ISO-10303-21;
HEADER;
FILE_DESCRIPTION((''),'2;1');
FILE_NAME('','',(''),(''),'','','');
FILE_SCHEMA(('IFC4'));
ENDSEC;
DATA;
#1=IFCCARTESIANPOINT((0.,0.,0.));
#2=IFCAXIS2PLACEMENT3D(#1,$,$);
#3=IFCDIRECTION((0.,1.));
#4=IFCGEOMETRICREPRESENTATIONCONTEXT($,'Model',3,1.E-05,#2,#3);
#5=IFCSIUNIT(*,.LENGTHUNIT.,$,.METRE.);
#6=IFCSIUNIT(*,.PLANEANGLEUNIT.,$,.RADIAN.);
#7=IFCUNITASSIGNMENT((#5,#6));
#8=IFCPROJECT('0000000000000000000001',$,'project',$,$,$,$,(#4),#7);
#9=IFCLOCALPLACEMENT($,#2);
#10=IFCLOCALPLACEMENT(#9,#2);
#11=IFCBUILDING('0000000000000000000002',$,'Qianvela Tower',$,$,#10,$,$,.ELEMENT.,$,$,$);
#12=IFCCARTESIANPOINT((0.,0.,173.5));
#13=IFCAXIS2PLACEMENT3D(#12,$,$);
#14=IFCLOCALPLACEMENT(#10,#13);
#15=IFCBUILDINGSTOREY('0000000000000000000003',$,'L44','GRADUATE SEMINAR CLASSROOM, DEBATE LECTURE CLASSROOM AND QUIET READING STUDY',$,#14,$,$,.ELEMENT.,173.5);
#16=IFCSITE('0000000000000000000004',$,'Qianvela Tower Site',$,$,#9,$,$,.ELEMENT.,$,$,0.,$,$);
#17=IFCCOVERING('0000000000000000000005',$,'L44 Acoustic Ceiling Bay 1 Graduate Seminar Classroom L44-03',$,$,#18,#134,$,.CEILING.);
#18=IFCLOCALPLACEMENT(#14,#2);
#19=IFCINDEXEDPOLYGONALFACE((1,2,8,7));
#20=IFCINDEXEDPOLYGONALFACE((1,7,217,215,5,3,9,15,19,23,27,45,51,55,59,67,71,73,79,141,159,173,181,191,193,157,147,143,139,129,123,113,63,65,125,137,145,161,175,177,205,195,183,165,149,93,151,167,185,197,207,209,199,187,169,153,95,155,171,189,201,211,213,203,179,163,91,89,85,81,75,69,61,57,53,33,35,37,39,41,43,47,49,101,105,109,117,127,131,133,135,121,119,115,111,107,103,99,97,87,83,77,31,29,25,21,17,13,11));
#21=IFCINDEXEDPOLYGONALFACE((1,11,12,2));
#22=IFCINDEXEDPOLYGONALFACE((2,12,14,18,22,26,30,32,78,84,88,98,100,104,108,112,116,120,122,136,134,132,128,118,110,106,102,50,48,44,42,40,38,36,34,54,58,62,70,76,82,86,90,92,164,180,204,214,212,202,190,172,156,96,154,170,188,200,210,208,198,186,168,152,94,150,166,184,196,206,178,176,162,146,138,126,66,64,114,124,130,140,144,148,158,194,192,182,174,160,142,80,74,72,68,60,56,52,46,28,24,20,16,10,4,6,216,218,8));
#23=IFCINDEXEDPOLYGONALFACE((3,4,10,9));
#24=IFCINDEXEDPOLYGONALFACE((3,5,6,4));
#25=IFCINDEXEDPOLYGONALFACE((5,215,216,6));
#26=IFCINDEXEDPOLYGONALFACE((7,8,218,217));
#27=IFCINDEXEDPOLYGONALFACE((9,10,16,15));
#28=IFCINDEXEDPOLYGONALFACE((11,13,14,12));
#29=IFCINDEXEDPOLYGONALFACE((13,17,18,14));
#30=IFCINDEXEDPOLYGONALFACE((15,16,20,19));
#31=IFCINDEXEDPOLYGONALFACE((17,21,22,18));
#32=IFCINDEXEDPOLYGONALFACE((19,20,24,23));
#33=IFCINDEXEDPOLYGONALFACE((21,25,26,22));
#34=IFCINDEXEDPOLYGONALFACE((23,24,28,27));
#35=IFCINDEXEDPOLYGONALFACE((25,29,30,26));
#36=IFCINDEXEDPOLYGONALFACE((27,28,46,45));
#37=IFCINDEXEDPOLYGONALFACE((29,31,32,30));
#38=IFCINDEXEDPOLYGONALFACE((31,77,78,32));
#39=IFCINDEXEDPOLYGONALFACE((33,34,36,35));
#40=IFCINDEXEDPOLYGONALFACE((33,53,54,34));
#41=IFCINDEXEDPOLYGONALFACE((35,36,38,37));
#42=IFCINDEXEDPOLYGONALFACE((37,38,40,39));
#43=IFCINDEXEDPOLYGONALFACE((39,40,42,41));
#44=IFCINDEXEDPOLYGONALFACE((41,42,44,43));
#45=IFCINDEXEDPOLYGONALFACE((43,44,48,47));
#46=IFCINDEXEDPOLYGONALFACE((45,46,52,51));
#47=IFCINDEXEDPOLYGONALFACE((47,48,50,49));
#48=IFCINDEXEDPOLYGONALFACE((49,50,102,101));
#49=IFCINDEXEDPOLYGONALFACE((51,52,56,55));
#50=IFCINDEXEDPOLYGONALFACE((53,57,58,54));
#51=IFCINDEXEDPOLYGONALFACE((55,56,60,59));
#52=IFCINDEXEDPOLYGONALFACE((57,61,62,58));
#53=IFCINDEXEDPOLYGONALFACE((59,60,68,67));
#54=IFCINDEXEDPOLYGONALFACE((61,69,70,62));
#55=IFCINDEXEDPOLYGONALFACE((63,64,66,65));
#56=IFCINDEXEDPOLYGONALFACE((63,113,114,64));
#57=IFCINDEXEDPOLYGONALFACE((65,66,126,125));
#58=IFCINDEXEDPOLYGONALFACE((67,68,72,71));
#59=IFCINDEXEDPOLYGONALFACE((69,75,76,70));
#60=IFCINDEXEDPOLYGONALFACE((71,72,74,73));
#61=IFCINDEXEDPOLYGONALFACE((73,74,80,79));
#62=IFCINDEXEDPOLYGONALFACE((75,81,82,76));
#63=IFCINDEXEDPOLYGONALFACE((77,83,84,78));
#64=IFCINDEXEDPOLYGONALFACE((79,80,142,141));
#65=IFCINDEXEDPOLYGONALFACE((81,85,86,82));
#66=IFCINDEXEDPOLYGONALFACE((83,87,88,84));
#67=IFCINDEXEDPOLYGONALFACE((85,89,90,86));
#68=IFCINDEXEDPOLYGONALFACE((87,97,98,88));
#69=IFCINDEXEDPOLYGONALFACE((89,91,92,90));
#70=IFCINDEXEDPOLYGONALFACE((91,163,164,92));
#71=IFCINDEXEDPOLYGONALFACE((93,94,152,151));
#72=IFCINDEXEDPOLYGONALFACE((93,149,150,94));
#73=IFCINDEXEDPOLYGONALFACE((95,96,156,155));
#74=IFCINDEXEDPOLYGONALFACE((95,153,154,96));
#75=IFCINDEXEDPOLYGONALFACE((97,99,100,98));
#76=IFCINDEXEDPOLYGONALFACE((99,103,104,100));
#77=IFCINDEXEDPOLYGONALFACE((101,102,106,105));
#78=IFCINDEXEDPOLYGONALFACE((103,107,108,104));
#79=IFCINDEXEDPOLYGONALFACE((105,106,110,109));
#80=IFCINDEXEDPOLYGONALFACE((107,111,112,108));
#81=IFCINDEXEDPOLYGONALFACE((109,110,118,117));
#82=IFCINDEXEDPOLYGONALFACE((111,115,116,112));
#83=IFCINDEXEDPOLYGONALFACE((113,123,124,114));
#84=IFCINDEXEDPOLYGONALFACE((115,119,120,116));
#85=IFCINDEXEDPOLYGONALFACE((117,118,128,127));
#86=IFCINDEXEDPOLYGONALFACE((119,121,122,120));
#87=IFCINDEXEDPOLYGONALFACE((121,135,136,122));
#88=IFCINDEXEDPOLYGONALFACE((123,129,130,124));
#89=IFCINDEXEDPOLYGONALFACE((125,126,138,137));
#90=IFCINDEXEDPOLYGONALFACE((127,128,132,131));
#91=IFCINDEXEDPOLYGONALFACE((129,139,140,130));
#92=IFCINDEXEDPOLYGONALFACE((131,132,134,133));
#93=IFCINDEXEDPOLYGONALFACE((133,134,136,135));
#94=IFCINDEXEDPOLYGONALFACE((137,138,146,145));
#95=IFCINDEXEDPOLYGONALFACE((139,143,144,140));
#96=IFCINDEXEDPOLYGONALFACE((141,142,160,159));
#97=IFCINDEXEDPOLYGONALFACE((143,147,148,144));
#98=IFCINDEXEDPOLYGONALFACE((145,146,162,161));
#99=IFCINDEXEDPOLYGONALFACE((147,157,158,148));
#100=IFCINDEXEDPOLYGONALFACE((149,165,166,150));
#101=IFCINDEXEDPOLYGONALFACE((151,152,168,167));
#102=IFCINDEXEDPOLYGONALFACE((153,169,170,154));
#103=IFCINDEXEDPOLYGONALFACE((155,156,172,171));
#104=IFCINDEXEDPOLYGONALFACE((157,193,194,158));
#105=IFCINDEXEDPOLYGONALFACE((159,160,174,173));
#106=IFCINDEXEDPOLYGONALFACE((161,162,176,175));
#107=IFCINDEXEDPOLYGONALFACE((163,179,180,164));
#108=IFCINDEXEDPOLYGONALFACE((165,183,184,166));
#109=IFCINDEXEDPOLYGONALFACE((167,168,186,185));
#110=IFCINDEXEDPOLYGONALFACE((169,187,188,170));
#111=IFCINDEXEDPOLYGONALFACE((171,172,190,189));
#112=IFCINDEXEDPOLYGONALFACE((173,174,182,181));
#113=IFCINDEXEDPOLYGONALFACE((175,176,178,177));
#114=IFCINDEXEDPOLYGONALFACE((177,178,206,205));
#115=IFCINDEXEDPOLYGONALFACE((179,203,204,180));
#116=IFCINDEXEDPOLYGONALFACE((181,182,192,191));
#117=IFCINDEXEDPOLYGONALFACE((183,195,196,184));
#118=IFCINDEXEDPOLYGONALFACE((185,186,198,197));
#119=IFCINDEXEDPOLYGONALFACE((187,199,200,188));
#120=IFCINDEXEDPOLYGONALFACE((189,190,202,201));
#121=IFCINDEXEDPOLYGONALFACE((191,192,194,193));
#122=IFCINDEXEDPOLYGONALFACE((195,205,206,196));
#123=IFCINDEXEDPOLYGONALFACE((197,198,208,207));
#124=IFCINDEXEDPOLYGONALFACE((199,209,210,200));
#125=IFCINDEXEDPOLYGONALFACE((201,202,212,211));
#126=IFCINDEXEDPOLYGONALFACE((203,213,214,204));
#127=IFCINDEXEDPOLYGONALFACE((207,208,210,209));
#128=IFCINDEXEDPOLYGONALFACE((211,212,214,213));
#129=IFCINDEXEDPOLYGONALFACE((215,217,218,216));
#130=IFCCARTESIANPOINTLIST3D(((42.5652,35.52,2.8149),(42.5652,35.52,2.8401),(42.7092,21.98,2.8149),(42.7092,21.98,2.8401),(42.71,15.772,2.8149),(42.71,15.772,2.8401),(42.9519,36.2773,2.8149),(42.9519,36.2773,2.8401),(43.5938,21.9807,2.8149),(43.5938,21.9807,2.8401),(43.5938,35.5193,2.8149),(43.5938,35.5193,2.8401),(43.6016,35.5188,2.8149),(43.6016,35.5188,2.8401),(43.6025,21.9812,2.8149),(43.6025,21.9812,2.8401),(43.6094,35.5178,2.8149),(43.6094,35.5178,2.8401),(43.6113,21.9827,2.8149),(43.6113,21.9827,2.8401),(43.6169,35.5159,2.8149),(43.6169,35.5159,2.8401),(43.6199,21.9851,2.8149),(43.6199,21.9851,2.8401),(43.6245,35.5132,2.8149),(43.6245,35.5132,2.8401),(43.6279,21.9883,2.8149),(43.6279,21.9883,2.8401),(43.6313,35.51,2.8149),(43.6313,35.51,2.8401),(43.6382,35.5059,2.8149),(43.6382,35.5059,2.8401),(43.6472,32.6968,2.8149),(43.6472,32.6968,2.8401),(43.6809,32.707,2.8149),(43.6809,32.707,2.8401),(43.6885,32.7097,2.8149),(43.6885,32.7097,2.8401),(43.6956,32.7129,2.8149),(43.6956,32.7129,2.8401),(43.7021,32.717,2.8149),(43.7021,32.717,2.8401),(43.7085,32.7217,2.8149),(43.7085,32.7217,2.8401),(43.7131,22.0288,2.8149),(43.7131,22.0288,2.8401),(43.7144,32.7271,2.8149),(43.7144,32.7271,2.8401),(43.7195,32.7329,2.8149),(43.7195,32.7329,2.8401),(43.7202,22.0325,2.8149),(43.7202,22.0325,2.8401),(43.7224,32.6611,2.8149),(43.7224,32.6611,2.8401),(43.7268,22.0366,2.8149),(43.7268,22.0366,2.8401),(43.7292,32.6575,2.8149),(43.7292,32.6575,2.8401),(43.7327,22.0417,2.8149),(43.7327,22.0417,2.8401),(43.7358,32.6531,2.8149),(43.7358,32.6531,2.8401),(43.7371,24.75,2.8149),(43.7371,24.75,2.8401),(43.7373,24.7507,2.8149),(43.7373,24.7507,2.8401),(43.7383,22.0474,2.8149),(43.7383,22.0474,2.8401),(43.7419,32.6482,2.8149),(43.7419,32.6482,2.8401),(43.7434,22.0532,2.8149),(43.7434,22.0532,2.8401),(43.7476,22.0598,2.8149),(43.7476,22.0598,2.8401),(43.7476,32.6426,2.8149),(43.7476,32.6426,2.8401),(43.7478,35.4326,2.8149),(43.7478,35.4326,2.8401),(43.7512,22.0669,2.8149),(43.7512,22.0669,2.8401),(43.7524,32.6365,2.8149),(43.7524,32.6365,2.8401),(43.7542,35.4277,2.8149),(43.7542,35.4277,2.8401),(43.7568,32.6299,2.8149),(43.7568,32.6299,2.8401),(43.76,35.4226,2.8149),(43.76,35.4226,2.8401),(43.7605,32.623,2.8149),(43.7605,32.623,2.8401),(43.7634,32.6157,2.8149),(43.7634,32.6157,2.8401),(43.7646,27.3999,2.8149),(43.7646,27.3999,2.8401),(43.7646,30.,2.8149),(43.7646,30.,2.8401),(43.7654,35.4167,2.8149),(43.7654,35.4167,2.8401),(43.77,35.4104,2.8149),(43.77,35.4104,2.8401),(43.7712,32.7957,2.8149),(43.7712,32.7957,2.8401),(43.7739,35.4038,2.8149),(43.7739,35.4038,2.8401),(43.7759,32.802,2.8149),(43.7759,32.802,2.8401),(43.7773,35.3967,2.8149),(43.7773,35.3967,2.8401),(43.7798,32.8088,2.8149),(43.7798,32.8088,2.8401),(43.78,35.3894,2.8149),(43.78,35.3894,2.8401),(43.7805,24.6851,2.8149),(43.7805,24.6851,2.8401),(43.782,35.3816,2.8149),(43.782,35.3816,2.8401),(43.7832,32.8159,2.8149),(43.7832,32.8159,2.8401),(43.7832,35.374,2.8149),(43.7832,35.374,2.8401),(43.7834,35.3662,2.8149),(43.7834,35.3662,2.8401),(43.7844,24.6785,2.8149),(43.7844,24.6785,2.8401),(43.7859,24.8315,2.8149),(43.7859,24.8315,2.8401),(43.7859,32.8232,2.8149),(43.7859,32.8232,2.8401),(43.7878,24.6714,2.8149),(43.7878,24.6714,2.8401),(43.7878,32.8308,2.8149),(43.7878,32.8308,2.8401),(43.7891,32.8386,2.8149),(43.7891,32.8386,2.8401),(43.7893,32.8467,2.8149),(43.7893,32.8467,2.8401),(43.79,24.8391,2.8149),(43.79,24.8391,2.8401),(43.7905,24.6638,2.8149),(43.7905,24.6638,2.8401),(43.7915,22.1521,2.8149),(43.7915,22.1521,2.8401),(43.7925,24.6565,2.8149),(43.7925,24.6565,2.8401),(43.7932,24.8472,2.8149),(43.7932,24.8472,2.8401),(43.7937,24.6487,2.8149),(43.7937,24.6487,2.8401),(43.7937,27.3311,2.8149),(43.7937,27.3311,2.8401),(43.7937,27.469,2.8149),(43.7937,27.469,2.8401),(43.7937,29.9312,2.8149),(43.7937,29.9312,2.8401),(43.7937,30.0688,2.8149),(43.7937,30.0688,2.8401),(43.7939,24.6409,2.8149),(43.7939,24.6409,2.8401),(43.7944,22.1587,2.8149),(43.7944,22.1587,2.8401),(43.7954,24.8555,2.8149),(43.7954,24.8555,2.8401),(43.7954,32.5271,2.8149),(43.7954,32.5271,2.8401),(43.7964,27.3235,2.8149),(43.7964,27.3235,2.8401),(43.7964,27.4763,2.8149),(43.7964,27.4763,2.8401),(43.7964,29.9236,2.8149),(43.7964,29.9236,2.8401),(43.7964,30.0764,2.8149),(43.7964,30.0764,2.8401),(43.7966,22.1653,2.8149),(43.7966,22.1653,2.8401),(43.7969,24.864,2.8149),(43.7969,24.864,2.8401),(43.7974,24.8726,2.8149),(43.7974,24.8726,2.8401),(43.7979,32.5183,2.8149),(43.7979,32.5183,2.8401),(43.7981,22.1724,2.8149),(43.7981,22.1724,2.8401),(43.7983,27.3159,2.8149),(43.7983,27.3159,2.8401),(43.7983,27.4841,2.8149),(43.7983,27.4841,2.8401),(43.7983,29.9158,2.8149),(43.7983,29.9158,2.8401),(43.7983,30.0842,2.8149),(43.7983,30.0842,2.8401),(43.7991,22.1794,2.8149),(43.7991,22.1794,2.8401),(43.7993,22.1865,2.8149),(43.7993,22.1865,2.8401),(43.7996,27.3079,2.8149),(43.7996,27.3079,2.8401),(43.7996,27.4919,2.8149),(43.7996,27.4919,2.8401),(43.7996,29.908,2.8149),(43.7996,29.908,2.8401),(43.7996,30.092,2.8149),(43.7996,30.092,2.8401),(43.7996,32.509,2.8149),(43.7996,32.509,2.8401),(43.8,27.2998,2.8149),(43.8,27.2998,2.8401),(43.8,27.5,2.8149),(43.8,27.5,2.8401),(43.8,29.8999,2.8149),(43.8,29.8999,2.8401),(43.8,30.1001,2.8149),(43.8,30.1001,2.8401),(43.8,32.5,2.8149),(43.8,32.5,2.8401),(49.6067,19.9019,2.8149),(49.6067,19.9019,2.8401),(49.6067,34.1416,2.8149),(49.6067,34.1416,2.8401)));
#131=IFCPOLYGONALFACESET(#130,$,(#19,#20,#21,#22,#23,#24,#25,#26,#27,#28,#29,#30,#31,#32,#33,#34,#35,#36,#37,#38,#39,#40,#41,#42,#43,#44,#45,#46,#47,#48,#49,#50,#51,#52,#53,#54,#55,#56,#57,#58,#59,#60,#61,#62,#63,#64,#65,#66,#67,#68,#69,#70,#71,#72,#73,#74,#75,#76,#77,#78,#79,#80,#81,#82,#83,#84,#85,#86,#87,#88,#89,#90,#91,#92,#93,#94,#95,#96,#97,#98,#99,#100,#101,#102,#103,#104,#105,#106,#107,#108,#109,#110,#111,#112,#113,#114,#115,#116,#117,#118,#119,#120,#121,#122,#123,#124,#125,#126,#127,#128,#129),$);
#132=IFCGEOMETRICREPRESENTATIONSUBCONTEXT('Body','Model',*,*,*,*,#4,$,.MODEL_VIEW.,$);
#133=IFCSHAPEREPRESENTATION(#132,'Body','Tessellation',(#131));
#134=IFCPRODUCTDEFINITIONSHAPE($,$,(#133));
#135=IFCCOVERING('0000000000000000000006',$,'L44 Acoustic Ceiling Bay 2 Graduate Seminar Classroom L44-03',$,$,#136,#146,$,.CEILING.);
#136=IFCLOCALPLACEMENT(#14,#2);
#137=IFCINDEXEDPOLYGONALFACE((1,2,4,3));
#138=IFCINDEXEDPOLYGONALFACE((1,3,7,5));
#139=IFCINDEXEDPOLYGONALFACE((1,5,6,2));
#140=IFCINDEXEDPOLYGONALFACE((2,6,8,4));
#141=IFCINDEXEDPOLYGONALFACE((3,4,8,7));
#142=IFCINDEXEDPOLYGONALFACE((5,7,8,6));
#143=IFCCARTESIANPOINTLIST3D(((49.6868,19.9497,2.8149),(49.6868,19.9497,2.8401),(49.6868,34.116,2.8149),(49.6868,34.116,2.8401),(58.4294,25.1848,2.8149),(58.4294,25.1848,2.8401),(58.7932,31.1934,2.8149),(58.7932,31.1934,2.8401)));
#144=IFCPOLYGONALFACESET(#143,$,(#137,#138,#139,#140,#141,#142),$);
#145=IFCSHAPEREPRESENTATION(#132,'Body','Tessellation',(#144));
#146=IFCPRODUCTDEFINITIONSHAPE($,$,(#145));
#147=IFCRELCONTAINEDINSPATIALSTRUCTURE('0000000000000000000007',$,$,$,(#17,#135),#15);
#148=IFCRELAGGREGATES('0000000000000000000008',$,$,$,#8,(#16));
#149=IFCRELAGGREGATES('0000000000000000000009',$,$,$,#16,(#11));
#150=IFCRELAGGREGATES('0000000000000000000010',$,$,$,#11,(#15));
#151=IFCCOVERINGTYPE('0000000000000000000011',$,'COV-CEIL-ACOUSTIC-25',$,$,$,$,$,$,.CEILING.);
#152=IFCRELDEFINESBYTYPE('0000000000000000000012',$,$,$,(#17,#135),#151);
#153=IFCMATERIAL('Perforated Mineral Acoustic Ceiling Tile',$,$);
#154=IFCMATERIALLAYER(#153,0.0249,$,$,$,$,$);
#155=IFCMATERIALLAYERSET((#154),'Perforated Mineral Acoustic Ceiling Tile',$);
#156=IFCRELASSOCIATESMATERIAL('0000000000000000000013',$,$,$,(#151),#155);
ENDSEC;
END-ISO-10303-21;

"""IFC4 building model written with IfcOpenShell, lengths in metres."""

from ifc_helpers import new_model, si_unit, direction, frame, origin, place, context, subcontext, project, spatial, polyline, outline, extrude, material, layer, layer_set, type_object, element, save


model = new_model("IFC4")

# Units and contexts
model_context = context("Model", 3, precision=1e-05, world=origin(), true_north=direction((0.0, 1.0)))
body_context = subcontext(model_context, "Body", "Model", "MODEL_VIEW")
ifc_project = project(units=[si_unit("LENGTHUNIT", "METRE"), si_unit("PLANEANGLEUNIT", "RADIAN")], contexts=[model_context])

# Site, building, storey
site_placement = place(None, origin())
site = spatial("IfcSite", under=ifc_project, at=site_placement, Name="Qianvela Tower Site", CompositionType="ELEMENT", RefElevation=0.0)
building_placement = place(site_placement, origin())
building = spatial("IfcBuilding", under=site, at=building_placement, Name="Qianvela Tower", CompositionType="ELEMENT")
storey_placement = place(building_placement, frame((0.0, 0.0, 173.5)))
storey = spatial("IfcBuildingStorey", under=building, at=storey_placement, Name="L44", Description="GRADUATE SEMINAR CLASSROOM, DEBATE LECTURE CLASSROOM AND QUIET READING STUDY", CompositionType="ELEMENT", Elevation=173.5)

# Coverings
ifc_material_1 = material(Name="Perforated Mineral Acoustic Ceiling Tile")
ifc_layer_1 = layer(ifc_material_1, 0.0249)
ifc_layer_set_1 = layer_set([ifc_layer_1], Name="Perforated Mineral Acoustic Ceiling Tile")
covering_type_1 = type_object("IfcCoveringType", Name="COV-CEIL-ACOUSTIC-25", PredefinedType="CEILING", material=ifc_layer_set_1)
covering_1_placement = place(storey_placement, frame((0.0, 0.0, 2.8149)))
element("IfcCovering", 1, at=covering_1_placement, inside=storey, type_object=covering_type_1, Name="L44 Acoustic Ceiling Bay 1 Graduate Seminar Classroom L44-03", PredefinedType="CEILING", context=body_context, shape_type="SweptSolid", body=[
    extrude(outline(polyline([(42.7092, 21.98), (43.5938, 21.9807), (43.6025, 21.9812), (43.6113, 21.9827), (43.6199, 21.9851), (43.6279, 21.9883), (43.7131, 22.0288), (43.7202, 22.0325), (43.7268, 22.0366), (43.7327, 22.0417), (43.7383, 22.0474), (43.7434, 22.0532), (43.7476, 22.0598), (43.7512, 22.0669), (43.7915, 22.1521), (43.7944, 22.1587), (43.7966, 22.1653), (43.7981, 22.1724), (43.7991, 22.1794), (43.7993, 22.1865), (43.7939, 24.6409), (43.7937, 24.6487), (43.7925, 24.6565), (43.7905, 24.6638), (43.7878, 24.6714), (43.7844, 24.6785), (43.7805, 24.6851), (43.7371, 24.75), (43.7373, 24.7507), (43.7859, 24.8315), (43.79, 24.8391), (43.7932, 24.8472), (43.7954, 24.8555), (43.7969, 24.864), (43.7974, 24.8726), (43.8, 27.2998), (43.7996, 27.3079), (43.7983, 27.3159), (43.7964, 27.3235), (43.7937, 27.3311), (43.7646, 27.3999), (43.7937, 27.469), (43.7964, 27.4763), (43.7983, 27.4841), (43.7996, 27.4919), (43.8, 27.5), (43.8, 29.8999), (43.7996, 29.908), (43.7983, 29.9158), (43.7964, 29.9236), (43.7937, 29.9312), (43.7646, 30.0), (43.7937, 30.0688), (43.7964, 30.0764), (43.7983, 30.0842), (43.7996, 30.092), (43.8, 30.1001), (43.8, 32.5), (43.7996, 32.509), (43.7979, 32.5183), (43.7954, 32.5271), (43.7634, 32.6157), (43.7605, 32.623), (43.7568, 32.6299), (43.7524, 32.6365), (43.7476, 32.6426), (43.7419, 32.6482), (43.7358, 32.6531), (43.7292, 32.6575), (43.7224, 32.6611), (43.6472, 32.6968), (43.6809, 32.707), (43.6885, 32.7097), (43.6956, 32.7129), (43.7021, 32.717), (43.7085, 32.7217), (43.7144, 32.7271), (43.7195, 32.7329), (43.7712, 32.7957), (43.7759, 32.802), (43.7798, 32.8088), (43.7832, 32.8159), (43.7859, 32.8232), (43.7878, 32.8308), (43.7891, 32.8386), (43.7893, 32.8467), (43.7834, 35.3662), (43.7832, 35.374), (43.782, 35.3816), (43.78, 35.3894), (43.7773, 35.3967), (43.7739, 35.4038), (43.77, 35.4104), (43.7654, 35.4167), (43.76, 35.4226), (43.7542, 35.4277), (43.7478, 35.4326), (43.6382, 35.5059), (43.6313, 35.51), (43.6245, 35.5132), (43.6169, 35.5159), (43.6094, 35.5178), (43.6016, 35.5188), (43.5938, 35.5193), (42.5652, 35.52), (42.9519, 36.2773), (49.6067, 34.1416), (49.6067, 19.9019), (42.71, 15.772), (42.7092, 21.98)])), origin(), (0.0, 0.0, 1.0), 0.0251),
])
covering_2_placement = place(storey_placement, frame((0.0, 0.0, 2.8149)))
element("IfcCovering", 2, at=covering_2_placement, inside=storey, type_object=covering_type_1, Name="L44 Acoustic Ceiling Bay 2 Graduate Seminar Classroom L44-03", PredefinedType="CEILING", context=body_context, shape_type="SweptSolid", body=[
    extrude(outline(polyline([(58.7932, 31.1934), (58.4294, 25.1848), (49.6868, 19.9497), (49.6868, 34.116), (58.7932, 31.1934)])), origin(), (0.0, 0.0, 1.0), 0.0251),
])

save(model, "model.ifc")
